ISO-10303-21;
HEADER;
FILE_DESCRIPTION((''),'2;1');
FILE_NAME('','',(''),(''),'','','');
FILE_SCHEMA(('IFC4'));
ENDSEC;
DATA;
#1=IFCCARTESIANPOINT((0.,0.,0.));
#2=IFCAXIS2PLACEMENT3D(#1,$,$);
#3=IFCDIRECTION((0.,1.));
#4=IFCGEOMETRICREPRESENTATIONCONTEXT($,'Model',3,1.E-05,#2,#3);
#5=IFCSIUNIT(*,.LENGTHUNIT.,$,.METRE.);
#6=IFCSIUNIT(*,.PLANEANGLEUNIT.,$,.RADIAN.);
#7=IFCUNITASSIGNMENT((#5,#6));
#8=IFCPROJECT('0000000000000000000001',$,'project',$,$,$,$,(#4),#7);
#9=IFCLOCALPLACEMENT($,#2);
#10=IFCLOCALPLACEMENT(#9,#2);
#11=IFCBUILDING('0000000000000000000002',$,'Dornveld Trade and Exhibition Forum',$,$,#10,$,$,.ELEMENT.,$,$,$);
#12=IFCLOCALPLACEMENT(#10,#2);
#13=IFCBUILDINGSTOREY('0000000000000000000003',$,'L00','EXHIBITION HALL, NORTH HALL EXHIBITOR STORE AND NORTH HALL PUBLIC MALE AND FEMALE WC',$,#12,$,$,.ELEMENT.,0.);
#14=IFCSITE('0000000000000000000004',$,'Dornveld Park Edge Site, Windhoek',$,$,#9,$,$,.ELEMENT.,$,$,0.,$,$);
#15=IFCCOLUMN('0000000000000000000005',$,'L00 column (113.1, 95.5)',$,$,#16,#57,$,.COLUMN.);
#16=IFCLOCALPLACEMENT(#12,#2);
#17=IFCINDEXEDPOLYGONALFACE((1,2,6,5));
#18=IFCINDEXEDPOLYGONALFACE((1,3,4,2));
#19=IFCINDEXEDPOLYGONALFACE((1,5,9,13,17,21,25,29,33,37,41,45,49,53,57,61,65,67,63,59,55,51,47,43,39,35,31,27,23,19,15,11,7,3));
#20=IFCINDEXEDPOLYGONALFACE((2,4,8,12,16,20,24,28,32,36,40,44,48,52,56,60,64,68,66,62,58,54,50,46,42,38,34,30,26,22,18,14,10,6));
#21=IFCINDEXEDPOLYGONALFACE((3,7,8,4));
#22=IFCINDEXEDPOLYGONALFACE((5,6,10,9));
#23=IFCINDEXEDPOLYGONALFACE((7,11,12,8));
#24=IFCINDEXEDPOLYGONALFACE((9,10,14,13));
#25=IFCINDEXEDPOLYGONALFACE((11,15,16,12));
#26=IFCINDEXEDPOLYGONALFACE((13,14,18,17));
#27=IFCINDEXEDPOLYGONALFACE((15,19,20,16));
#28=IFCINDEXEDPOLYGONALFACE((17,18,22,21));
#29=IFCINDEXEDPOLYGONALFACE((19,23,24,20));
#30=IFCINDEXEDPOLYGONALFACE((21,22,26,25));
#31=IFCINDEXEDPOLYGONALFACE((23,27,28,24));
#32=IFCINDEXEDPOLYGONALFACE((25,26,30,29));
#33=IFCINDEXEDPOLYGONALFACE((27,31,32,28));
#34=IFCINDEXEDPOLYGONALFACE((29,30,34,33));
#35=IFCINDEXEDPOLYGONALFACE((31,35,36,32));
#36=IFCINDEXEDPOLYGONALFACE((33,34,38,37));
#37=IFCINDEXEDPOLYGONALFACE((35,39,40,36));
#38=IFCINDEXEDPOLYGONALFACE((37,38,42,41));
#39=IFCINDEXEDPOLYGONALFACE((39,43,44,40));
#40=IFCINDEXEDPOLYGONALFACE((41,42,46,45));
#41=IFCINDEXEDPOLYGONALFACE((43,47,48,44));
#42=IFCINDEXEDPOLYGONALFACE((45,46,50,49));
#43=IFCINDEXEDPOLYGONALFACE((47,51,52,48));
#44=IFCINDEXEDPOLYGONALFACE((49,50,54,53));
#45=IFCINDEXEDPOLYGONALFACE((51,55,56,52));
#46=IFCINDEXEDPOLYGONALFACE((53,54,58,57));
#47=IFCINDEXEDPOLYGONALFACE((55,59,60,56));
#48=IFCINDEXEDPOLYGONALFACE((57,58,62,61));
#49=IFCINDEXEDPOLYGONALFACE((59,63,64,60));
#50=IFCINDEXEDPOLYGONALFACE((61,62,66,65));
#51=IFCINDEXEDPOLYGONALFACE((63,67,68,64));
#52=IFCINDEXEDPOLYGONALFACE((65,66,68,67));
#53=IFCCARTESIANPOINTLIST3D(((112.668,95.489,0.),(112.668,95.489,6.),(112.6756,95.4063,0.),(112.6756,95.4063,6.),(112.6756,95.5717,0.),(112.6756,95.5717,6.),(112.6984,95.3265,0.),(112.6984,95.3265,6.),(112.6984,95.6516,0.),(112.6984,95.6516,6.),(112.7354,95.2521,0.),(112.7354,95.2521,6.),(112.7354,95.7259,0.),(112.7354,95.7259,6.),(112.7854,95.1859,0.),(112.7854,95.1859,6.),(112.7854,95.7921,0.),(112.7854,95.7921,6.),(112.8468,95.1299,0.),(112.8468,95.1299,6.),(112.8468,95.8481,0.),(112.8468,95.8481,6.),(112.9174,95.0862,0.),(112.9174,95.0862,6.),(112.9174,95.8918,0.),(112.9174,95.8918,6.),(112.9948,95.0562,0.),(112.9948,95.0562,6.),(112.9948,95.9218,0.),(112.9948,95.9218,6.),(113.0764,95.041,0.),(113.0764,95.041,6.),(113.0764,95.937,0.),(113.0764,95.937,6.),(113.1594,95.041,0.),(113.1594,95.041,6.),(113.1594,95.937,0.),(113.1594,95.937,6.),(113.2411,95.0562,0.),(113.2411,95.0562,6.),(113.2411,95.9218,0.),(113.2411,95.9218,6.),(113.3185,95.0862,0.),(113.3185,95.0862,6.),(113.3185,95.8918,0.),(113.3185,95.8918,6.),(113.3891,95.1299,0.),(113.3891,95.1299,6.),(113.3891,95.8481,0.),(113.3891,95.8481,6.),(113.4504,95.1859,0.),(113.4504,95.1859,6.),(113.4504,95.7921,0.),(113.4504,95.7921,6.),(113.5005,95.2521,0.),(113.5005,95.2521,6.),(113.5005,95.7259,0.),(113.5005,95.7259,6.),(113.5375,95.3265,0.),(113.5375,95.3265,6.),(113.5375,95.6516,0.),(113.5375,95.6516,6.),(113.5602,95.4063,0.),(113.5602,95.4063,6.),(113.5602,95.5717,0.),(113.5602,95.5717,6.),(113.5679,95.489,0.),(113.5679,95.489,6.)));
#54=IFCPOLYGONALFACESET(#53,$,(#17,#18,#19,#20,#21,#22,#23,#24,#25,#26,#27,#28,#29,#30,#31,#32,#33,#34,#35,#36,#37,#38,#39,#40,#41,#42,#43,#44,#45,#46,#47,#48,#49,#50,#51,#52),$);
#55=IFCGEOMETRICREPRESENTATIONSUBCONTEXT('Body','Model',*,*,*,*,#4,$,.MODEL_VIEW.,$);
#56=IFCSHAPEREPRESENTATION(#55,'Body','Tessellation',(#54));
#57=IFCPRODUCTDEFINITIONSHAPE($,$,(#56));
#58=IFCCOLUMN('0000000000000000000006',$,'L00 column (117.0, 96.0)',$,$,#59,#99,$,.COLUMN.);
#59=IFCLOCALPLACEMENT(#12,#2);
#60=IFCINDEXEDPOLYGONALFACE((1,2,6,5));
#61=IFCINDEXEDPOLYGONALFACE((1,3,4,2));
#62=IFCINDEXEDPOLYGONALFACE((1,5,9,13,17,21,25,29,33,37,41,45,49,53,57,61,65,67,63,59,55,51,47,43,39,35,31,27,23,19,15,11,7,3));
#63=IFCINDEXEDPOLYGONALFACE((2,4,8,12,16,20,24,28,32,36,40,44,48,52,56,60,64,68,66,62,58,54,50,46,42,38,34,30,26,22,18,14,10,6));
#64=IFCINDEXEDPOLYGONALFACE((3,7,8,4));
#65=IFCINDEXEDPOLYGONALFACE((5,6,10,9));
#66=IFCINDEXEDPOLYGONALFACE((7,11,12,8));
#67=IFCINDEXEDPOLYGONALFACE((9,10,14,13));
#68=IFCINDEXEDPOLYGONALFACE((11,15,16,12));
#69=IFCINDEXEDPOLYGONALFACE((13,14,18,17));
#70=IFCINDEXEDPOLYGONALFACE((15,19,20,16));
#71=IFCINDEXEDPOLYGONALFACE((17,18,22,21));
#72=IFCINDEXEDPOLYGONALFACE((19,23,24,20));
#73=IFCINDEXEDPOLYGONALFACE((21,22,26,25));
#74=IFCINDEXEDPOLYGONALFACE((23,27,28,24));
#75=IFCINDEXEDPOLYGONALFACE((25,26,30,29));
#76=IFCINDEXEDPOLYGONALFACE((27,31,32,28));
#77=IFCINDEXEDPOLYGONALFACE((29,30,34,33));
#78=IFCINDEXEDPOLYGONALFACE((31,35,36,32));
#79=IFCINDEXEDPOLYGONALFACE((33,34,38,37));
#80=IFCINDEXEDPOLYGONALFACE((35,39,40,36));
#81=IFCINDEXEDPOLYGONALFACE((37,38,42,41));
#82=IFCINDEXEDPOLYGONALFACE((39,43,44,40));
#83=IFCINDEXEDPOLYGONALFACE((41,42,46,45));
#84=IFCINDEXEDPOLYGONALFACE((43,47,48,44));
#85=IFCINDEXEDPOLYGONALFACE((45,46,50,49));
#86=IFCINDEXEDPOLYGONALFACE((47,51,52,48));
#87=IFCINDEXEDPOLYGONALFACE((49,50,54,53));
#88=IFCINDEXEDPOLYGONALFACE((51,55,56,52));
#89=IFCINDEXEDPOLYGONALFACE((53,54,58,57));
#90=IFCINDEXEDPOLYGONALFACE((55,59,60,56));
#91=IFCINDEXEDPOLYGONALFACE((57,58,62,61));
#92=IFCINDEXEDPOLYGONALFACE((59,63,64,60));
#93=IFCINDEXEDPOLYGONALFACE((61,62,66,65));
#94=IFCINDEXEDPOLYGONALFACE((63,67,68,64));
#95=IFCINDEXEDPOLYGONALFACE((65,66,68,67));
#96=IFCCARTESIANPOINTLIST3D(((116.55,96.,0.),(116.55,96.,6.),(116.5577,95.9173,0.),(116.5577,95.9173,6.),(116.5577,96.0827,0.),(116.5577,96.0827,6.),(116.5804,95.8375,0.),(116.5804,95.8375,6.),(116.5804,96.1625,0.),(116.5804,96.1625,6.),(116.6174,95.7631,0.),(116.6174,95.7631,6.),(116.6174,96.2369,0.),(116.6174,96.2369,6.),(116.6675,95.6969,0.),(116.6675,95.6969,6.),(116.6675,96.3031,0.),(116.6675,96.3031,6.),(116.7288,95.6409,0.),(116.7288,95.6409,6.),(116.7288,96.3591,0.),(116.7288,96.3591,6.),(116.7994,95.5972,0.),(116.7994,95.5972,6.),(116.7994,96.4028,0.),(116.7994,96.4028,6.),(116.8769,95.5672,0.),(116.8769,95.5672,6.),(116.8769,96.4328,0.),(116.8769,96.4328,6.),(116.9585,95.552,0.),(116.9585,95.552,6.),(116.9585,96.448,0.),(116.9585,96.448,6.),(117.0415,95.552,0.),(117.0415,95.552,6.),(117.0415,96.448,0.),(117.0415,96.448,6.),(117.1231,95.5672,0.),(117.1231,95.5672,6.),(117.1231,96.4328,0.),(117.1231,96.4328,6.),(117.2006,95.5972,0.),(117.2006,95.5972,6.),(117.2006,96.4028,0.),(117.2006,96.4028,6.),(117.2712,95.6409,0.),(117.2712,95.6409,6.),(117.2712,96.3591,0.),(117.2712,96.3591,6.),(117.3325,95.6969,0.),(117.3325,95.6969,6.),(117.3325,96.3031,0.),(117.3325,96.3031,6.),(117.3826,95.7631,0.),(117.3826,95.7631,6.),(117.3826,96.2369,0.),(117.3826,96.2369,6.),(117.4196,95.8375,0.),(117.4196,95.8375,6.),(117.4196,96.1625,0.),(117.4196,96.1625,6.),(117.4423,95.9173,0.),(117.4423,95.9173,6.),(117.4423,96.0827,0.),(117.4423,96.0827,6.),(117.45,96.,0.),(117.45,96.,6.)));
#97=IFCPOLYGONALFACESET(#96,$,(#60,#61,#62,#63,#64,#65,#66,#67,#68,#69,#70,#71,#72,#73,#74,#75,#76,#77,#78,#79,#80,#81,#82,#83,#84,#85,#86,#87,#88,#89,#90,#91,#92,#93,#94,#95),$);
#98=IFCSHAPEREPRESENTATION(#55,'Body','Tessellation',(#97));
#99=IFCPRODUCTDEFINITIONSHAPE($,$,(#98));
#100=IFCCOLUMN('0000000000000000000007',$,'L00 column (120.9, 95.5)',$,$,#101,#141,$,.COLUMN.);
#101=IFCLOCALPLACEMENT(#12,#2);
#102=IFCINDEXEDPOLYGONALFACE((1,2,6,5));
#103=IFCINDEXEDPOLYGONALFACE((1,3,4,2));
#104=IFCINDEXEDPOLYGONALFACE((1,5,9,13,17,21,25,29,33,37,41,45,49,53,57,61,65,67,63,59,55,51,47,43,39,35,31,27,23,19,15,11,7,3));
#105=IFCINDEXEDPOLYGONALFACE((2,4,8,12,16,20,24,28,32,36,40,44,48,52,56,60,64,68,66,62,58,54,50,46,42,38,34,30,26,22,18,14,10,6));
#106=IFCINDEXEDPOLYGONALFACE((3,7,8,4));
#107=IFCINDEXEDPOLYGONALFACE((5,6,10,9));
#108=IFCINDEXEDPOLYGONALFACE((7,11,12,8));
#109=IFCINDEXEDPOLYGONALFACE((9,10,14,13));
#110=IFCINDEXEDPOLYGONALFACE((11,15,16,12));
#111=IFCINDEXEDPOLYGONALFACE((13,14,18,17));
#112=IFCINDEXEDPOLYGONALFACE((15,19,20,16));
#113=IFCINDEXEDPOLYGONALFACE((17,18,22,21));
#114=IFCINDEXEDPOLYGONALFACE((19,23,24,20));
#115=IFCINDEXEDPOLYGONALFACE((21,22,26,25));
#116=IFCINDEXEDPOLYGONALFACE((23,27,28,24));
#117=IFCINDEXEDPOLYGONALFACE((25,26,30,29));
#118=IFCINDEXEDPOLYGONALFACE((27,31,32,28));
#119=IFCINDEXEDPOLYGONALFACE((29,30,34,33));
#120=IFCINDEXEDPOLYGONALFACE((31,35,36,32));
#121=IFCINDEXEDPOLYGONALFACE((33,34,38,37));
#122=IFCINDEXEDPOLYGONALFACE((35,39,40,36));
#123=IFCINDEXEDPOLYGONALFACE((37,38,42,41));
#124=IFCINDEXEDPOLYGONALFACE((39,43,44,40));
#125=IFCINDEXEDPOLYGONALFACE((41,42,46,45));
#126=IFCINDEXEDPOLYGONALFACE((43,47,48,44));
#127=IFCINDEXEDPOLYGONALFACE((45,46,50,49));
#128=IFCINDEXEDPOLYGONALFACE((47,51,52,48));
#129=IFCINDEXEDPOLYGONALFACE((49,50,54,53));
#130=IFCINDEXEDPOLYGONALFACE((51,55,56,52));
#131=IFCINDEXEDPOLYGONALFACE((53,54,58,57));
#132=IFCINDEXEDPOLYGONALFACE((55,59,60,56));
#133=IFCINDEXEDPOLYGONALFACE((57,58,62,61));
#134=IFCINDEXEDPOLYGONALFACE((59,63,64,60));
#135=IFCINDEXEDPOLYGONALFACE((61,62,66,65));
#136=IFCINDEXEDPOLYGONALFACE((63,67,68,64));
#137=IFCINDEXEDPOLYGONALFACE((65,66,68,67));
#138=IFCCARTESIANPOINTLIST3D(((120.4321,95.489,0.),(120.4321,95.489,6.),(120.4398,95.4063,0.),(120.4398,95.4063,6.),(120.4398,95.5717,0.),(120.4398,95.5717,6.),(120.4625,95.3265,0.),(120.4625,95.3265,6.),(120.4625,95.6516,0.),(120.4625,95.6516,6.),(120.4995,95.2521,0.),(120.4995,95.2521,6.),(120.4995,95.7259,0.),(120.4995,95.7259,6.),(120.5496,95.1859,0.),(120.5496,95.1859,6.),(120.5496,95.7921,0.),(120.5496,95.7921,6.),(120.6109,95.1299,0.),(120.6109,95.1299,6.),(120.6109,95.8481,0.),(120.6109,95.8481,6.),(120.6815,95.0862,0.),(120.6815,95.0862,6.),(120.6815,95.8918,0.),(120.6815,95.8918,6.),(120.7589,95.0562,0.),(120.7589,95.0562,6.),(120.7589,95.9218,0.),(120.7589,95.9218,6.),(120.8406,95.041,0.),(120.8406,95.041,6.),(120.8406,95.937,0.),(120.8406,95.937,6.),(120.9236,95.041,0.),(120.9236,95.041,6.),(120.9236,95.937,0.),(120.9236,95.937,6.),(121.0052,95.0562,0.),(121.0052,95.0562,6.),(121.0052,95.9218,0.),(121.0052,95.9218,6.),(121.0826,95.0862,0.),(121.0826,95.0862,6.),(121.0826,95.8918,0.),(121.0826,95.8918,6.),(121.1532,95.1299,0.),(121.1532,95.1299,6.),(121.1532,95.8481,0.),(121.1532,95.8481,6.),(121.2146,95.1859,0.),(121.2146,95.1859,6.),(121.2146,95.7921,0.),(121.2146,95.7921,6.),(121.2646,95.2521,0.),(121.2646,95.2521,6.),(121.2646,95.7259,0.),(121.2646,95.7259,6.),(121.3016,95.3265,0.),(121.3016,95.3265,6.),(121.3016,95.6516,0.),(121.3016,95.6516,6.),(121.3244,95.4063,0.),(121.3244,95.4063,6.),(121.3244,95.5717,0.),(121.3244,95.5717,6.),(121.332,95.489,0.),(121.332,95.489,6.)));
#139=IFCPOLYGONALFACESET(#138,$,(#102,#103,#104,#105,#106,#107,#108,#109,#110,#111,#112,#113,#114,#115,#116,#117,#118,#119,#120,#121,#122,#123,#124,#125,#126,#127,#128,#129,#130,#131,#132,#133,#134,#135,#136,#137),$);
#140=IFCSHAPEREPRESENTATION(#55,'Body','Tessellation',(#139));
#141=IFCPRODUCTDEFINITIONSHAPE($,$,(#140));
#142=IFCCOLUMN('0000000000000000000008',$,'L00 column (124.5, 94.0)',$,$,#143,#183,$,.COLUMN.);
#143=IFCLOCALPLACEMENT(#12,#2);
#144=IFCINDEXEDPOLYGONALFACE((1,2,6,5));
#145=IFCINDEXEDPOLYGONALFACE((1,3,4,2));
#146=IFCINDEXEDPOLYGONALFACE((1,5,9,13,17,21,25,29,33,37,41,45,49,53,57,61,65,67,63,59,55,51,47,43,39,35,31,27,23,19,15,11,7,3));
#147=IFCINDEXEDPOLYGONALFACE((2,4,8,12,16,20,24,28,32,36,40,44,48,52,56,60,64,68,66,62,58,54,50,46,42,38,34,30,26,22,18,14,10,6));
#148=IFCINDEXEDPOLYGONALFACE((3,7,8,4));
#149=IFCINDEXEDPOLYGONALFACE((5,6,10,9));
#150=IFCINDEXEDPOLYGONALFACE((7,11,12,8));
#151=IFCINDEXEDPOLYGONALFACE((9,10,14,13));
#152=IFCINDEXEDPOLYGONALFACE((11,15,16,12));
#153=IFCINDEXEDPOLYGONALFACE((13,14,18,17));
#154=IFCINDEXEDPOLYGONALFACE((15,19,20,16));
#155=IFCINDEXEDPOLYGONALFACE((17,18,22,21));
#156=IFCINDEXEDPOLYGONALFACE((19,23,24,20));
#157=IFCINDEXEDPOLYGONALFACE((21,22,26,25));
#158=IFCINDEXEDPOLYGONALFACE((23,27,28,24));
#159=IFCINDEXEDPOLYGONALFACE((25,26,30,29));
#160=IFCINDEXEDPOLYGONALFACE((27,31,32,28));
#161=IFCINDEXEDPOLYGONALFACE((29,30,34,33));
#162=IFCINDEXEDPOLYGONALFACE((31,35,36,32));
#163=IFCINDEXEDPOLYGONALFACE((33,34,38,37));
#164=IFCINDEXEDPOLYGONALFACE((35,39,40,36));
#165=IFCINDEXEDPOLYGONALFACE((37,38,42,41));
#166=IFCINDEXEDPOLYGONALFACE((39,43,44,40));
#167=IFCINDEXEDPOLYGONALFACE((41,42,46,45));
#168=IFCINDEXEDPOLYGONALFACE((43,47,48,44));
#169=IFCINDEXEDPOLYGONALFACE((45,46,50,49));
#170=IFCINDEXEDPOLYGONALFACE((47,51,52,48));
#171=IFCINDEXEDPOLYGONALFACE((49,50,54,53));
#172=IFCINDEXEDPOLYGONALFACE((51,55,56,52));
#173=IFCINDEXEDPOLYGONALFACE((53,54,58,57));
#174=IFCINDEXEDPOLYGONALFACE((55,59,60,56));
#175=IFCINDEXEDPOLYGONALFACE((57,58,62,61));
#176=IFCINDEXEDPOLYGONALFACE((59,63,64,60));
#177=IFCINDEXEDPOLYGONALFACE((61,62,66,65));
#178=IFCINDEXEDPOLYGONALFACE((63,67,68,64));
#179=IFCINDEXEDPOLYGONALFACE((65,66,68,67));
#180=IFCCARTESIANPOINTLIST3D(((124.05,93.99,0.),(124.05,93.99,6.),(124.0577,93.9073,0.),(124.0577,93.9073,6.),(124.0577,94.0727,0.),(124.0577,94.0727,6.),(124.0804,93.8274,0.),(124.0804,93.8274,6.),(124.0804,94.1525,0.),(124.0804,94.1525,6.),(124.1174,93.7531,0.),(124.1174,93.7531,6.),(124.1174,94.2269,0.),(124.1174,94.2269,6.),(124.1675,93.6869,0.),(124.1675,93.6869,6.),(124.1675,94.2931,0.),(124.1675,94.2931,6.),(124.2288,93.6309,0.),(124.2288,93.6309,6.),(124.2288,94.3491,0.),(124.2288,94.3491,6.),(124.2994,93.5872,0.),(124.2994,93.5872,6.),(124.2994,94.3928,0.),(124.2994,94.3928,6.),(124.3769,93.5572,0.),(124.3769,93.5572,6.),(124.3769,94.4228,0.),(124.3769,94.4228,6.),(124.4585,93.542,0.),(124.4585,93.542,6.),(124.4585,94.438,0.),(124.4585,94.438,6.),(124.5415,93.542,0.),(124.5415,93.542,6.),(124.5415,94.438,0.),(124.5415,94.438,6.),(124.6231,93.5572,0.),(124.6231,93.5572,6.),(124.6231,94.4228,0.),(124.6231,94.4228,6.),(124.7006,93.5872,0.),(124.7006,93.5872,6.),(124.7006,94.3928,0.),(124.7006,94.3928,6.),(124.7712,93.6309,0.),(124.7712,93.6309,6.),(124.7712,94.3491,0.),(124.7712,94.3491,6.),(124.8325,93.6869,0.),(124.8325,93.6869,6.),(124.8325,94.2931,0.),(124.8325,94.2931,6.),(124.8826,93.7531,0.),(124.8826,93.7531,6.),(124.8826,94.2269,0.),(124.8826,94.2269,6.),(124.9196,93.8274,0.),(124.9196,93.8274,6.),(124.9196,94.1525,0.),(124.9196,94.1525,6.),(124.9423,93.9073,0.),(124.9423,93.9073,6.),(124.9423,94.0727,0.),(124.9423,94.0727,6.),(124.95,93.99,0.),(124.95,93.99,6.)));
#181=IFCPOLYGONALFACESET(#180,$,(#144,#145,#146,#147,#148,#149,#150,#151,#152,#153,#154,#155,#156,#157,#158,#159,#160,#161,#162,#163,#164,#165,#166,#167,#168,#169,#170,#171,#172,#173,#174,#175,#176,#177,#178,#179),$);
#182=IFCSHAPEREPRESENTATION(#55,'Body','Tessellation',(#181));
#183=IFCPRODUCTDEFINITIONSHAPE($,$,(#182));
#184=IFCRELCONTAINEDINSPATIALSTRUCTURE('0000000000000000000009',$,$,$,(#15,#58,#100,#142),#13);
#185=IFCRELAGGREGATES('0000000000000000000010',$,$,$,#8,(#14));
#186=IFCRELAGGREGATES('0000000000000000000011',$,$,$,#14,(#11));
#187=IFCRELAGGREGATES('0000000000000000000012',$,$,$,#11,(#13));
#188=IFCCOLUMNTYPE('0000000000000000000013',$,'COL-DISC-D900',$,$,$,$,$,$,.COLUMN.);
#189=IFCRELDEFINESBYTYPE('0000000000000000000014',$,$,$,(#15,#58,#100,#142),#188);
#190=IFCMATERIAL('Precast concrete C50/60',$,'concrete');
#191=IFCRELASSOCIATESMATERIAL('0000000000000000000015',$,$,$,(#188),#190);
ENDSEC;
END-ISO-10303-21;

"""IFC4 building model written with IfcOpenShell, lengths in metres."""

from ifc_helpers import new_model, si_unit, direction, frame, origin, origin_2d, place, context, subcontext, project, spatial, circle, extrude, material, material_profile, profile_set, type_object, element, save


model = new_model("IFC4")

# Units and contexts
model_context = context("Model", 3, precision=1e-05, world=origin(), true_north=direction((0.0, 1.0)))
body_context = subcontext(model_context, "Body", "Model", "MODEL_VIEW")
ifc_project = project(units=[si_unit("LENGTHUNIT", "METRE"), si_unit("PLANEANGLEUNIT", "RADIAN")], contexts=[model_context])

# Site, building, storey
site_placement = place(None, origin())
site = spatial("IfcSite", under=ifc_project, at=site_placement, Name="Dornveld Park Edge Site, Windhoek", CompositionType="ELEMENT", RefElevation=0.0)
building_placement = place(site_placement, origin())
building = spatial("IfcBuilding", under=site, at=building_placement, Name="Dornveld Trade and Exhibition Forum", CompositionType="ELEMENT")
storey_placement = place(building_placement, origin())
storey = spatial("IfcBuildingStorey", under=building, at=storey_placement, Name="L00", Description="EXHIBITION HALL, NORTH HALL EXHIBITOR STORE AND NORTH HALL PUBLIC MALE AND FEMALE WC", CompositionType="ELEMENT", Elevation=0.0)

# Columns
ifc_material_1 = material(Name="Precast concrete C50/60", Category="concrete")
ifc_material_profile_1 = material_profile(ifc_material_1, circle(Radius=0.45, at=origin_2d()), Name="PC-COL D900")
ifc_profile_set_1 = profile_set([ifc_material_profile_1], Name="Precast concrete C50/60")
column_type_1 = type_object("IfcColumnType", Name="COL-DISC-D900", PredefinedType="COLUMN", material=ifc_profile_set_1)
for number, where, z_axis, x_axis, name in (
    (1, (113.1179, 95.489, 0.0), (0.0, 0.0, 1.0), (1.0, 0.0, 0.0), "L00 column (113.1, 95.5)"),
    (2, (117.0, 96.0, 0.0), (0.0, 0.0, 1.0), (1.0, 0.0, 0.0), "L00 column (117.0, 96.0)"),
    (3, (120.8821, 95.489, 0.0), (0.0, 0.0, 1.0), (1.0, 0.0, 0.0), "L00 column (120.9, 95.5)"),
    (4, (124.5, 93.99, 0.0), (0.0, 0.0, 1.0), (1.0, 0.0, 0.0), "L00 column (124.5, 94.0)"),
):
    element("IfcColumn", number, at=place(storey_placement, frame(where, z_axis=z_axis, x_axis=x_axis)), inside=storey, type_object=column_type_1, Name=name, PredefinedType="COLUMN", context=body_context, shape_type="SweptSolid", body=[
        extrude(circle(Radius=0.45, at=origin_2d()), origin(), (0.0, 0.0, 1.0), 6.0),
    ])

save(model, "model.ifc")
